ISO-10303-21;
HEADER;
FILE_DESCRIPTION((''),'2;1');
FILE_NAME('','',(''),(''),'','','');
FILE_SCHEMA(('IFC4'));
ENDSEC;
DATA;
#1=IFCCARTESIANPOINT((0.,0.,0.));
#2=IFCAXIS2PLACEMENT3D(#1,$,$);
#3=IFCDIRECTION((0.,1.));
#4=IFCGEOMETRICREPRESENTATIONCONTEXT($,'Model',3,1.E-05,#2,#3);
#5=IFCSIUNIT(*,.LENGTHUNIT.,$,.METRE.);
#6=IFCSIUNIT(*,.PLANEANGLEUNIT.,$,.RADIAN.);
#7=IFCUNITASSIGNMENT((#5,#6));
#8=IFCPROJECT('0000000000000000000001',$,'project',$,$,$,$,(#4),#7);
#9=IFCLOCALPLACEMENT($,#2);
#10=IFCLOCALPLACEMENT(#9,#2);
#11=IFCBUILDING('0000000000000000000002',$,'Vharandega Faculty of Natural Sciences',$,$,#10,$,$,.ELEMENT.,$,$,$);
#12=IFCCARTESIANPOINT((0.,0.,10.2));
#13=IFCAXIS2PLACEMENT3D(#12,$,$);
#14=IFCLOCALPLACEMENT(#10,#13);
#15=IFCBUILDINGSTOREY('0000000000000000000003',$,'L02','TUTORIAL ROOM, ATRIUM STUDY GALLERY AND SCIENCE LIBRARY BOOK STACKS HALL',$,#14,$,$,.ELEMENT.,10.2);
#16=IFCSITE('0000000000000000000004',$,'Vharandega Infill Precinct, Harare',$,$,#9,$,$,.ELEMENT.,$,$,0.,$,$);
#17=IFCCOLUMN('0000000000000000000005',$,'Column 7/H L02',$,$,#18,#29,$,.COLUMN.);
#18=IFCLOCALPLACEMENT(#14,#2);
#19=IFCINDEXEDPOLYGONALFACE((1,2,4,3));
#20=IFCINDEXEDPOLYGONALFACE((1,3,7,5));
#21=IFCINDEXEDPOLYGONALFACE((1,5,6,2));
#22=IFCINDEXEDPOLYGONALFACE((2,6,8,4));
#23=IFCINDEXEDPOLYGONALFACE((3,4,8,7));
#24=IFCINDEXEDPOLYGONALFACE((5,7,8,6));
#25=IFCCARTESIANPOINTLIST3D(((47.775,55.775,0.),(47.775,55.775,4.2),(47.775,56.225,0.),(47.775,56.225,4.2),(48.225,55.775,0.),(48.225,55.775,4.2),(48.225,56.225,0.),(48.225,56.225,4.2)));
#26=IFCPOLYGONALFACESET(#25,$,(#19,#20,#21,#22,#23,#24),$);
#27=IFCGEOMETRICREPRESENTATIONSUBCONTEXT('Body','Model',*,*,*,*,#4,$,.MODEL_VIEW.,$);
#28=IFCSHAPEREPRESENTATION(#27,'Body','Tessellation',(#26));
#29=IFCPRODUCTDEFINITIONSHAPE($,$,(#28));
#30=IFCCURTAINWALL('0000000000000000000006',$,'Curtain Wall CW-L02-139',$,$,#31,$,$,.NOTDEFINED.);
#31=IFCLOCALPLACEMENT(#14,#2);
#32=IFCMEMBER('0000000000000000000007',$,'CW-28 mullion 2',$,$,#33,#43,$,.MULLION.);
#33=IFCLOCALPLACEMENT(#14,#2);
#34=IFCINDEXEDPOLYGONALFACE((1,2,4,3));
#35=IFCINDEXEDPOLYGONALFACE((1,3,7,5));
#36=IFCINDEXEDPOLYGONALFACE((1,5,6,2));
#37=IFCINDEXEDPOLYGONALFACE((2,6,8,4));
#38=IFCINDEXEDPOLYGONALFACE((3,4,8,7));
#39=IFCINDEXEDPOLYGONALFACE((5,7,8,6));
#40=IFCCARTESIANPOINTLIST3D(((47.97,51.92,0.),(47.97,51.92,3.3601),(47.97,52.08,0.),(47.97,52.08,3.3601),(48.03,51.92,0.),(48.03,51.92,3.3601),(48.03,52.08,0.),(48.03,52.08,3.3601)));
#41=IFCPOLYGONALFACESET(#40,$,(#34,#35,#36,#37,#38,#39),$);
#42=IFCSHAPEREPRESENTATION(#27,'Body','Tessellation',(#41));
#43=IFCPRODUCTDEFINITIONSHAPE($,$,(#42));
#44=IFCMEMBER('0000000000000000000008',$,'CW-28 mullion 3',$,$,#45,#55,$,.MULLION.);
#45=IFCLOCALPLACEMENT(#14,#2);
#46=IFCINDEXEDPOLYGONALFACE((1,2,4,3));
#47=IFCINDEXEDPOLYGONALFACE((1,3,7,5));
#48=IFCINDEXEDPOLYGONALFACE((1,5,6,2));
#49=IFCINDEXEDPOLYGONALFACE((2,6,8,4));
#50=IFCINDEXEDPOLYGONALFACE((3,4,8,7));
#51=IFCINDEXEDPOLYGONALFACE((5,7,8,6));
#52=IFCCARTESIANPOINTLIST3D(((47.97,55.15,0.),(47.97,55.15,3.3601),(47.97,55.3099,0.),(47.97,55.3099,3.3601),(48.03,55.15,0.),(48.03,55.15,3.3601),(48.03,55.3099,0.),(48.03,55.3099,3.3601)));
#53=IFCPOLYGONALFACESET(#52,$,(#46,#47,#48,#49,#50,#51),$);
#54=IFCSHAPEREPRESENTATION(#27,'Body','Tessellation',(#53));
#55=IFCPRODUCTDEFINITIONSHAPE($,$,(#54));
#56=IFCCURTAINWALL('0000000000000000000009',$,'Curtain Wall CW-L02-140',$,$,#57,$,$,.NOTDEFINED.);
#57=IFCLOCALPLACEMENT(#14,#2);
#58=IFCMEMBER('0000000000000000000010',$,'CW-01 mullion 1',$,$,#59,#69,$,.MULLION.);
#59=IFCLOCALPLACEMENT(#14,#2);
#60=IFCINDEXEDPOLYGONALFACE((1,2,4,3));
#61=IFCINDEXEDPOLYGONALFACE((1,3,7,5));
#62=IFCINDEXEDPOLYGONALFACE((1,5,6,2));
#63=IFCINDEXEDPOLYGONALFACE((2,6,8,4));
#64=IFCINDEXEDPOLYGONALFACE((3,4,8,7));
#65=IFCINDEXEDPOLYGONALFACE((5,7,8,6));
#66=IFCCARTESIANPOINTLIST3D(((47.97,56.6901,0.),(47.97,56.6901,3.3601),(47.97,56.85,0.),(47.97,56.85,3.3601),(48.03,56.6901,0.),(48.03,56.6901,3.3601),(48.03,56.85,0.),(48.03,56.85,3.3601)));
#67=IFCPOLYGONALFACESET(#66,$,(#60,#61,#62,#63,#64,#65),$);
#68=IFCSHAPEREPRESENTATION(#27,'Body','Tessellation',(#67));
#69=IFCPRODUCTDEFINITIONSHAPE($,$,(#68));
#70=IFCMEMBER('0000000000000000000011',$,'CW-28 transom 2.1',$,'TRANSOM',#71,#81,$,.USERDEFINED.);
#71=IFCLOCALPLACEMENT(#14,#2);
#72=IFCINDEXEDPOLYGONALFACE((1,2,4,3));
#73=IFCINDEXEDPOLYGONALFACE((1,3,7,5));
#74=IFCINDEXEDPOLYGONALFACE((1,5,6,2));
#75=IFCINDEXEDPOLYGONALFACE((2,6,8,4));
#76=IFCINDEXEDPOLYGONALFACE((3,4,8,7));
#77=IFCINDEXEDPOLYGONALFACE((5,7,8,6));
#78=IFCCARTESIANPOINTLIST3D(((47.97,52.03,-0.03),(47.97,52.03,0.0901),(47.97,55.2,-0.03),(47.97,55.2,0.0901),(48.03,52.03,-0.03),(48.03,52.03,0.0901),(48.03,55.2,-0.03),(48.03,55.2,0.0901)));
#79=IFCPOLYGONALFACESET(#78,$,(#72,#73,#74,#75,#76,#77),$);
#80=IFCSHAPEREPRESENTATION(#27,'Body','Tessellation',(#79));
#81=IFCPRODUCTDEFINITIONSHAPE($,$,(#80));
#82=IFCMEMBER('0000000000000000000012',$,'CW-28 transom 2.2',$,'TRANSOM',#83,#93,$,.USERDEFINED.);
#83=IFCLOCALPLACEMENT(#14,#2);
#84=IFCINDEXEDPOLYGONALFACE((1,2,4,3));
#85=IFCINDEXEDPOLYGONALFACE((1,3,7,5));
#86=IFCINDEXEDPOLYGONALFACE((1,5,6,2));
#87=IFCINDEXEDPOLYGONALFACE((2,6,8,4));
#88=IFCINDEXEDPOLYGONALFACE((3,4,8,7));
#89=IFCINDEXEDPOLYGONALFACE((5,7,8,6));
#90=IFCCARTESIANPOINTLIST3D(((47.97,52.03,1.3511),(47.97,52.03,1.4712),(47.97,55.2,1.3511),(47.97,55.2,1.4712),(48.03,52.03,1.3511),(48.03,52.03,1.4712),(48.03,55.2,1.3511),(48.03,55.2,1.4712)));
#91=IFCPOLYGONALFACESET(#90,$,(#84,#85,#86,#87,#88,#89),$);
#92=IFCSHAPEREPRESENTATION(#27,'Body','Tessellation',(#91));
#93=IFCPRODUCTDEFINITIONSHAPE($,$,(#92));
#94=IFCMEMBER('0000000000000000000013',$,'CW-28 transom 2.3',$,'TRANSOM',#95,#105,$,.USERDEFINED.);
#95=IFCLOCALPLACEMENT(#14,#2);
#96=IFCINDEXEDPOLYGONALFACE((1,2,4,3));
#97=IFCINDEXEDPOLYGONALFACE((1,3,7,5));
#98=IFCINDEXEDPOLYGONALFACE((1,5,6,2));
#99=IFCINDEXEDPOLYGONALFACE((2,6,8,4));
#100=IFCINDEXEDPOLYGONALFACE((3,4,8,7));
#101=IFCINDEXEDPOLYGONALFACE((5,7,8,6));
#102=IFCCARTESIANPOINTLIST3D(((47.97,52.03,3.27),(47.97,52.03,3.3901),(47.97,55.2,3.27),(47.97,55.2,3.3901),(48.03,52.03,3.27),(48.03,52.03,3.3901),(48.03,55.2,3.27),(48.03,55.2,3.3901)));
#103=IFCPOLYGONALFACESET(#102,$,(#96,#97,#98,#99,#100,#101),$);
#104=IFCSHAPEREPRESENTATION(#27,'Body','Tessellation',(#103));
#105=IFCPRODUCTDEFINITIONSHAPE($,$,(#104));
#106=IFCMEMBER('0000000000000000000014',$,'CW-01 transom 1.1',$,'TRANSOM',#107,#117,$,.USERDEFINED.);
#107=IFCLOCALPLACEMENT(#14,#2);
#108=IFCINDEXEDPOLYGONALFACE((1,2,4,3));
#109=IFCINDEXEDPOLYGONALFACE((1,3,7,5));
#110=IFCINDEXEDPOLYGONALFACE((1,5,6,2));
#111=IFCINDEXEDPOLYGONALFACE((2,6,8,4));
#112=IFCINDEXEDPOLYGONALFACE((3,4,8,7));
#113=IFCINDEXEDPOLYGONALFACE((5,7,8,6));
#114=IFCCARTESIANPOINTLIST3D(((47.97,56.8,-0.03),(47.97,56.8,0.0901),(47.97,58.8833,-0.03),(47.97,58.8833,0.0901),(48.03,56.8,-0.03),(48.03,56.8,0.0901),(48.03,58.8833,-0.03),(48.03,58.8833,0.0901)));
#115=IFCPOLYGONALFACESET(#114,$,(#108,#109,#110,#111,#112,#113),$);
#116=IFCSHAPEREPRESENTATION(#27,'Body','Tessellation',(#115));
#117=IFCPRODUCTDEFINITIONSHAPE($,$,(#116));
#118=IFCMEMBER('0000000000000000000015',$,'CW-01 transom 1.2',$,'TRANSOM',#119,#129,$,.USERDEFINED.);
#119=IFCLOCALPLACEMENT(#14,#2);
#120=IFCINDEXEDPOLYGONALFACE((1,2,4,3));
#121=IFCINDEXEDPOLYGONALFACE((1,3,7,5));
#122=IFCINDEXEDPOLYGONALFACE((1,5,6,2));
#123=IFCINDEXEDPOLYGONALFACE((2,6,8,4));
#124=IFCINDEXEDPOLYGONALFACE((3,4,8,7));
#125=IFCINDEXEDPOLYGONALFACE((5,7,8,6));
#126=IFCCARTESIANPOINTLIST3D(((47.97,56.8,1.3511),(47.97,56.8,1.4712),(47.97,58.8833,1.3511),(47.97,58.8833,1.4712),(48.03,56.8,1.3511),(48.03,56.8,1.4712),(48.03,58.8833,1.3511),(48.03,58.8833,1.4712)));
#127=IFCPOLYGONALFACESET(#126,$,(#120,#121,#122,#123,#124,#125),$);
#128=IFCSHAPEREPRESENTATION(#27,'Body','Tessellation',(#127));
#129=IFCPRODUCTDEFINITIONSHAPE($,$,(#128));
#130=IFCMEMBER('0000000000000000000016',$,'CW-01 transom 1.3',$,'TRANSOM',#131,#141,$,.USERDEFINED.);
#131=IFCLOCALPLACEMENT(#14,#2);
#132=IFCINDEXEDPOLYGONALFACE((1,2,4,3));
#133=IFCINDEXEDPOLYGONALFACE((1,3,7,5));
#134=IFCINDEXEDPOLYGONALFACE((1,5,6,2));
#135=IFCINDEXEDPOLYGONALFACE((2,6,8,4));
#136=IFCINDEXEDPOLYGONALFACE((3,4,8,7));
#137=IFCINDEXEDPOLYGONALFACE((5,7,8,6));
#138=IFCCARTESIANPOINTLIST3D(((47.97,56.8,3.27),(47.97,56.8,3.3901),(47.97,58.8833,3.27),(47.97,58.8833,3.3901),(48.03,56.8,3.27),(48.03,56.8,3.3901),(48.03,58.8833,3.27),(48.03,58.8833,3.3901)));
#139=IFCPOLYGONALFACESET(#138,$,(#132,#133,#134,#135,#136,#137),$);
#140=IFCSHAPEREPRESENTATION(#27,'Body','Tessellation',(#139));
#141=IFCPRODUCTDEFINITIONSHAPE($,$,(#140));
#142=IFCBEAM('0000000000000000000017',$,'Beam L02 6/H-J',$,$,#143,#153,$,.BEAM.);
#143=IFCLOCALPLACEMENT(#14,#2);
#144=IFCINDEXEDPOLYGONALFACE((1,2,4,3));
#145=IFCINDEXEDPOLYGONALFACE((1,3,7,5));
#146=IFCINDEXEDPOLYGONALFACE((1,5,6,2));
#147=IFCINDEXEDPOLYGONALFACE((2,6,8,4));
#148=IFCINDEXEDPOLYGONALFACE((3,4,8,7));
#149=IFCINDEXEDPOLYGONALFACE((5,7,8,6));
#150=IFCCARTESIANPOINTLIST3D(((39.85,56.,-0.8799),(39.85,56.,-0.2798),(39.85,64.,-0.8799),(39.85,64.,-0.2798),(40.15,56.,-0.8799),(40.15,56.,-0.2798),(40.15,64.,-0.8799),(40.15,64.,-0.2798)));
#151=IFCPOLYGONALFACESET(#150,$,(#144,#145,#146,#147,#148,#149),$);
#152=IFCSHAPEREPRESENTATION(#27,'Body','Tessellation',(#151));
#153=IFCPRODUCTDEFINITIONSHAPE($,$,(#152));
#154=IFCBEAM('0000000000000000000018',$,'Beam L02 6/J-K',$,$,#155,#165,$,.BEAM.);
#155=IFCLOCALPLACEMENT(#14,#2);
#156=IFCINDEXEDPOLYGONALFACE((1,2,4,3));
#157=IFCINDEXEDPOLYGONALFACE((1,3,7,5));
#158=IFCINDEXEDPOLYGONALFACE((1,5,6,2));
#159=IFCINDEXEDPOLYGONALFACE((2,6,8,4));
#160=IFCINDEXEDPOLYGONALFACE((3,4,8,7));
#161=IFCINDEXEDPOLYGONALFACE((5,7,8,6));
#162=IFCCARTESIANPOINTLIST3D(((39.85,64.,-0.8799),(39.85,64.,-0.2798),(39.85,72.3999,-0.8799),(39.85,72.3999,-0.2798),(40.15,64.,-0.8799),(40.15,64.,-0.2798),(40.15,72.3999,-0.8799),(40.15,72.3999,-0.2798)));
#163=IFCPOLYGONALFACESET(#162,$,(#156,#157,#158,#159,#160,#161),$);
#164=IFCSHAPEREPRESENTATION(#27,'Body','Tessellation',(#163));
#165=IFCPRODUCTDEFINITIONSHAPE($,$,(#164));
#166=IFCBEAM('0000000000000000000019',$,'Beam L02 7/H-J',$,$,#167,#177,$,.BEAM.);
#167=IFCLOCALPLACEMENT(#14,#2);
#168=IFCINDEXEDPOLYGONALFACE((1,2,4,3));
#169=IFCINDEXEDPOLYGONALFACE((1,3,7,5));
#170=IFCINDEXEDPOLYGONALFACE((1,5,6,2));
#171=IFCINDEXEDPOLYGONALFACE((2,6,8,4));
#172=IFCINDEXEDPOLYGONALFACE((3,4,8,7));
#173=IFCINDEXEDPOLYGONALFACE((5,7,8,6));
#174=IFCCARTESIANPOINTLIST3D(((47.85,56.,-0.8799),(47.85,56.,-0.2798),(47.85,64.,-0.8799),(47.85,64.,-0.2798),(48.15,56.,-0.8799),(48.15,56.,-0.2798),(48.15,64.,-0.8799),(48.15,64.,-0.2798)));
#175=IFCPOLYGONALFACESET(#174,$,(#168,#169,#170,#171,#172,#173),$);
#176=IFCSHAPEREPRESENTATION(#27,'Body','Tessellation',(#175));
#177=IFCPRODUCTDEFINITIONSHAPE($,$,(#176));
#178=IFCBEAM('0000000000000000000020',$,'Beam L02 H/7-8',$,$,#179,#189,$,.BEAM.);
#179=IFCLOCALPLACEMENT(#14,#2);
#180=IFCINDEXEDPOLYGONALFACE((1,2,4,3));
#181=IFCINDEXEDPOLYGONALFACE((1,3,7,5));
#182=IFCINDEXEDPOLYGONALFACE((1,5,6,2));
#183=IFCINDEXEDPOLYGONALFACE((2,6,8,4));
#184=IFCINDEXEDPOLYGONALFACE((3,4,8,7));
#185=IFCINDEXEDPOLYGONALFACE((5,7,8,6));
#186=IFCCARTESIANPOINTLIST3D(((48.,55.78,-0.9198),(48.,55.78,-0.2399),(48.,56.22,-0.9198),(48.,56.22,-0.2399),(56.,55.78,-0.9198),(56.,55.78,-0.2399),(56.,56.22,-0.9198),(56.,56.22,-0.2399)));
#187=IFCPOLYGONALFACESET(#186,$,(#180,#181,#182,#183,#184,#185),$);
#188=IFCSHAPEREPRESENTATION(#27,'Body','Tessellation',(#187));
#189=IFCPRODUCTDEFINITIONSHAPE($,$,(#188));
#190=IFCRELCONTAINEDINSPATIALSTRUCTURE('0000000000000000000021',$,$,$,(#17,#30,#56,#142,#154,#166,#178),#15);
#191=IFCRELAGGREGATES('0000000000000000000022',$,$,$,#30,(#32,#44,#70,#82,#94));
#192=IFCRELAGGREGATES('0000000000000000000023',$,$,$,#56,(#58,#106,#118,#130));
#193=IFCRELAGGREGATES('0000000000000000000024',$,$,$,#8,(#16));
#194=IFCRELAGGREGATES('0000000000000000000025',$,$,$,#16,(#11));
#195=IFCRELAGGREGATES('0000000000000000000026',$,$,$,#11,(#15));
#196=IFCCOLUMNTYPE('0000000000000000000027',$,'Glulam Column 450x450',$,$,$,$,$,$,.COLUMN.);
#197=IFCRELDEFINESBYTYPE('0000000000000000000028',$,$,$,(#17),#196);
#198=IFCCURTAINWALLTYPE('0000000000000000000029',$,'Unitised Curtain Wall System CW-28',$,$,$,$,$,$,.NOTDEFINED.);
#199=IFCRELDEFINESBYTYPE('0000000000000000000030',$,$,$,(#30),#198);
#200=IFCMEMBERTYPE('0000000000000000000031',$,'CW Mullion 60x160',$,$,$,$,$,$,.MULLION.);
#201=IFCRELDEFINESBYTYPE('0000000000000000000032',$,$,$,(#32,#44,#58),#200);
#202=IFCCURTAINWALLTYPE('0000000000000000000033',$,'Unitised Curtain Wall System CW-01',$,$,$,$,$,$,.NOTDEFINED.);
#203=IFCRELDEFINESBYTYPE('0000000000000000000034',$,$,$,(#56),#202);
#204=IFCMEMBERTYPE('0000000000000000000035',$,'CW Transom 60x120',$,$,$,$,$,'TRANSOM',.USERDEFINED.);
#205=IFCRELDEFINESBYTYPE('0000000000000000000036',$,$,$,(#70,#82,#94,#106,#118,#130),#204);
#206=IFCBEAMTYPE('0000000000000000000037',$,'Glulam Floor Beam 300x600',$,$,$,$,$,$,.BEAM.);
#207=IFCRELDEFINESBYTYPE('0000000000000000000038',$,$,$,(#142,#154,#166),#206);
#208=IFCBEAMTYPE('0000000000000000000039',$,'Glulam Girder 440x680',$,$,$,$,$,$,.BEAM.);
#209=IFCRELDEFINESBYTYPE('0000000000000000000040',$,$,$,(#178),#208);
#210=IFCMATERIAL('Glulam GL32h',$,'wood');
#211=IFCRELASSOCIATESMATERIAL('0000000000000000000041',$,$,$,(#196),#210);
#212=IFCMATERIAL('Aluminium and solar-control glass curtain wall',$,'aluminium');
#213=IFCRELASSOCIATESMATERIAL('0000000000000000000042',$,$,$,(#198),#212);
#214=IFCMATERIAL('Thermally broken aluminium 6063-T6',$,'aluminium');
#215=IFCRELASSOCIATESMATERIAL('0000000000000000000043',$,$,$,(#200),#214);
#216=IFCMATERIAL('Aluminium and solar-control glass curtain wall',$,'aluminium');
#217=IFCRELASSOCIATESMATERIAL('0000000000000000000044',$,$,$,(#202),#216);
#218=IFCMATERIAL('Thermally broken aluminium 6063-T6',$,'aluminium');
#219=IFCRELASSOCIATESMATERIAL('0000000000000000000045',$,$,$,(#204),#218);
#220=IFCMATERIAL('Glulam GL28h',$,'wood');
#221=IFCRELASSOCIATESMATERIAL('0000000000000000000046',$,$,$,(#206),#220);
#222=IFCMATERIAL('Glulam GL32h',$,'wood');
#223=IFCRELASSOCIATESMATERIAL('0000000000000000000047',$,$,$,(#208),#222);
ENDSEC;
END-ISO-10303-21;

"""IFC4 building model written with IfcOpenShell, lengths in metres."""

from ifc_helpers import new_model, si_unit, direction, frame, origin, origin_2d, place, context, subcontext, project, spatial, rectangle, extrude, material, material_profile, profile_set, type_object, element, aggregate, save


model = new_model("IFC4")

# Units and contexts
model_context = context("Model", 3, precision=1e-05, world=origin(), true_north=direction((0.0, 1.0)))
body_context = subcontext(model_context, "Body", "Model", "MODEL_VIEW")
ifc_project = project(units=[si_unit("LENGTHUNIT", "METRE"), si_unit("PLANEANGLEUNIT", "RADIAN")], contexts=[model_context])

# Site, building, storey
site_placement = place(None, origin())
site = spatial("IfcSite", under=ifc_project, at=site_placement, Name="Vharandega Infill Precinct, Harare", CompositionType="ELEMENT", RefElevation=0.0)
building_placement = place(site_placement, origin())
building = spatial("IfcBuilding", under=site, at=building_placement, Name="Vharandega Faculty of Natural Sciences", CompositionType="ELEMENT")
storey_placement = place(building_placement, frame((0.0, 0.0, 10.2)))
storey = spatial("IfcBuildingStorey", under=building, at=storey_placement, Name="L02", Description="TUTORIAL ROOM, ATRIUM STUDY GALLERY AND SCIENCE LIBRARY BOOK STACKS HALL", CompositionType="ELEMENT", Elevation=10.2)

# Column
ifc_material_1 = material(Name="Glulam GL32h", Category="wood")
ifc_material_profile_1 = material_profile(ifc_material_1, rectangle(XDim=0.45, YDim=0.45, at=origin_2d()), Name="GL32h 450x450")
ifc_profile_set_1 = profile_set([ifc_material_profile_1], Name="Glulam GL32h")
column_type = type_object("IfcColumnType", Name="Glulam Column 450x450", PredefinedType="COLUMN", material=ifc_profile_set_1)
column_placement = place(storey_placement, frame((48.0, 56.0, 0.0), z_axis=(0.0, 0.0, 1.0), x_axis=(1.0, 0.0, 0.0)))
element("IfcColumn", 1, at=column_placement, inside=storey, type_object=column_type, Name="Column 7/H L02", PredefinedType="COLUMN", context=body_context, shape_type="SweptSolid", body=[
    extrude(rectangle(XDim=0.45, YDim=0.45, at=origin_2d()), origin(), (0.0, 0.0, 1.0), 4.2),
])

# Curtain wall, members
ifc_material_2 = material(Name="Aluminium and solar-control glass curtain wall", Category="aluminium")
curtain_wall_type_1 = type_object("IfcCurtainWallType", Name="Unitised Curtain Wall System CW-28", PredefinedType="NOTDEFINED", material=ifc_material_2)
curtain_wall_1_placement = place(storey_placement, origin())
curtain_wall_1 = element("IfcCurtainWall", 2, at=curtain_wall_1_placement, inside=storey, type_object=curtain_wall_type_1, Name="Curtain Wall CW-L02-139", PredefinedType="NOTDEFINED")
ifc_material_3 = material(Name="Thermally broken aluminium 6063-T6", Category="aluminium")
ifc_material_profile_2 = material_profile(ifc_material_3, rectangle(XDim=0.0601, YDim=0.1599, at=origin_2d()), Name="ALU 60x160")
ifc_profile_set_2 = profile_set([ifc_material_profile_2], Name="Thermally broken aluminium 6063-T6")
member_type_1 = type_object("IfcMemberType", Name="CW Mullion 60x160", PredefinedType="MULLION", material=ifc_profile_set_2)
member_1_placement = place(storey_placement, frame((48.0, 52.0, 0.0), z_axis=(0.0, 0.0, 1.0), x_axis=(-1.0, 0.0, 0.0)))
member_1 = element("IfcMember", 3, at=member_1_placement, type_object=member_type_1, Name="CW-28 mullion 2", PredefinedType="MULLION", context=body_context, shape_type="SweptSolid", body=[
    extrude(rectangle(XDim=0.0601, YDim=0.1599, at=origin_2d()), origin(), (0.0, 0.0, 1.0), 3.3601),
])
member_2_placement = place(storey_placement, frame((48.0, 55.23, 0.0), z_axis=(0.0, 0.0, 1.0), x_axis=(-1.0, 0.0, 0.0)))
member_2 = element("IfcMember", 4, at=member_2_placement, type_object=member_type_1, Name="CW-28 mullion 3", PredefinedType="MULLION", context=body_context, shape_type="SweptSolid", body=[
    extrude(rectangle(XDim=0.0601, YDim=0.1599, at=origin_2d()), origin(), (0.0, 0.0, 1.0), 3.3601),
])

# Curtain wall, member
ifc_material_4 = material(Name="Aluminium and solar-control glass curtain wall", Category="aluminium")
curtain_wall_type_2 = type_object("IfcCurtainWallType", Name="Unitised Curtain Wall System CW-01", PredefinedType="NOTDEFINED", material=ifc_material_4)
curtain_wall_2_placement = place(storey_placement, origin())
curtain_wall_2 = element("IfcCurtainWall", 5, at=curtain_wall_2_placement, inside=storey, type_object=curtain_wall_type_2, Name="Curtain Wall CW-L02-140", PredefinedType="NOTDEFINED")
member_3_placement = place(storey_placement, frame((48.0, 56.77, 0.0), z_axis=(0.0, 0.0, 1.0), x_axis=(-1.0, 0.0, 0.0)))
member_3 = element("IfcMember", 6, at=member_3_placement, type_object=member_type_1, Name="CW-01 mullion 1", PredefinedType="MULLION", context=body_context, shape_type="SweptSolid", body=[
    extrude(rectangle(XDim=0.0601, YDim=0.1599, at=origin_2d()), origin(), (0.0, 0.0, 1.0), 3.3601),
])

# Members
ifc_material_5 = material(Name="Thermally broken aluminium 6063-T6", Category="aluminium")
ifc_material_profile_3 = material_profile(ifc_material_5, rectangle(XDim=0.0601, YDim=0.1201, at=origin_2d()), Name="ALU 60x120")
ifc_profile_set_3 = profile_set([ifc_material_profile_3], Name="Thermally broken aluminium 6063-T6")
member_type_2 = type_object("IfcMemberType", Name="CW Transom 60x120", ElementType="TRANSOM", PredefinedType="USERDEFINED", material=ifc_profile_set_3)
member_4_placement = place(storey_placement, frame((48.0, 52.03, 0.03), z_axis=(0.0, 1.0, 0.0), x_axis=(-1.0, 0.0, 0.0)))
member_4 = element("IfcMember", 7, at=member_4_placement, type_object=member_type_2, Name="CW-28 transom 2.1", ObjectType="TRANSOM", PredefinedType="USERDEFINED", context=body_context, shape_type="SweptSolid", body=[
    extrude(rectangle(XDim=0.0601, YDim=0.1201, at=origin_2d()), origin(), (0.0, 0.0, 1.0), 3.1699),
])
member_5_placement = place(storey_placement, frame((48.0, 52.03, 1.4111), z_axis=(0.0, 1.0, 0.0), x_axis=(-1.0, 0.0, 0.0)))
member_5 = element("IfcMember", 8, at=member_5_placement, type_object=member_type_2, Name="CW-28 transom 2.2", ObjectType="TRANSOM", PredefinedType="USERDEFINED", context=body_context, shape_type="SweptSolid", body=[
    extrude(rectangle(XDim=0.0601, YDim=0.1201, at=origin_2d()), origin(), (0.0, 0.0, 1.0), 3.1699),
])
member_6_placement = place(storey_placement, frame((48.0, 52.03, 3.3301), z_axis=(0.0, 1.0, 0.0), x_axis=(-1.0, 0.0, 0.0)))
member_6 = element("IfcMember", 9, at=member_6_placement, type_object=member_type_2, Name="CW-28 transom 2.3", ObjectType="TRANSOM", PredefinedType="USERDEFINED", context=body_context, shape_type="SweptSolid", body=[
    extrude(rectangle(XDim=0.0601, YDim=0.1201, at=origin_2d()), origin(), (0.0, 0.0, 1.0), 3.1699),
])
member_7_placement = place(storey_placement, frame((48.0, 56.8, 0.03), z_axis=(0.0, 1.0, 0.0), x_axis=(-1.0, 0.0, 0.0)))
member_7 = element("IfcMember", 10, at=member_7_placement, type_object=member_type_2, Name="CW-01 transom 1.1", ObjectType="TRANSOM", PredefinedType="USERDEFINED", context=body_context, shape_type="SweptSolid", body=[
    extrude(rectangle(XDim=0.0601, YDim=0.1201, at=origin_2d()), origin(), (0.0, 0.0, 1.0), 2.0833),
])
member_8_placement = place(storey_placement, frame((48.0, 56.8, 1.4111), z_axis=(0.0, 1.0, 0.0), x_axis=(-1.0, 0.0, 0.0)))
member_8 = element("IfcMember", 11, at=member_8_placement, type_object=member_type_2, Name="CW-01 transom 1.2", ObjectType="TRANSOM", PredefinedType="USERDEFINED", context=body_context, shape_type="SweptSolid", body=[
    extrude(rectangle(XDim=0.0601, YDim=0.1201, at=origin_2d()), origin(), (0.0, 0.0, 1.0), 2.0833),
])
member_9_placement = place(storey_placement, frame((48.0, 56.8, 3.3301), z_axis=(0.0, 1.0, 0.0), x_axis=(-1.0, 0.0, 0.0)))
member_9 = element("IfcMember", 12, at=member_9_placement, type_object=member_type_2, Name="CW-01 transom 1.3", ObjectType="TRANSOM", PredefinedType="USERDEFINED", context=body_context, shape_type="SweptSolid", body=[
    extrude(rectangle(XDim=0.0601, YDim=0.1201, at=origin_2d()), origin(), (0.0, 0.0, 1.0), 2.0833),
])

# Beams
ifc_material_6 = material(Name="Glulam GL28h", Category="wood")
ifc_material_profile_4 = material_profile(ifc_material_6, rectangle(XDim=0.3, YDim=0.6001, at=origin_2d()), Name="GL28h 300x600")
ifc_profile_set_4 = profile_set([ifc_material_profile_4], Name="Glulam GL28h")
beam_type_1 = type_object("IfcBeamType", Name="Glulam Floor Beam 300x600", PredefinedType="BEAM", material=ifc_profile_set_4)
beam_1_placement = place(storey_placement, frame((40.0, 56.0, -0.5798), z_axis=(0.0, 1.0, 0.0), x_axis=(-1.0, 0.0, 0.0)))
element("IfcBeam", 13, at=beam_1_placement, inside=storey, type_object=beam_type_1, Name="Beam L02 6/H-J", PredefinedType="BEAM", context=body_context, shape_type="SweptSolid", body=[
    extrude(rectangle(XDim=0.3, YDim=0.6001, at=origin_2d()), origin(), (0.0, 0.0, 1.0), 8.0),
])
beam_2_placement = place(storey_placement, frame((40.0, 64.0, -0.5798), z_axis=(0.0, 1.0, 0.0), x_axis=(-1.0, 0.0, 0.0)))
element("IfcBeam", 14, at=beam_2_placement, inside=storey, type_object=beam_type_1, Name="Beam L02 6/J-K", PredefinedType="BEAM", context=body_context, shape_type="SweptSolid", body=[
    extrude(rectangle(XDim=0.3, YDim=0.6001, at=origin_2d()), origin(), (0.0, 0.0, 1.0), 8.3999),
])
beam_3_placement = place(storey_placement, frame((48.0, 56.0, -0.5798), z_axis=(0.0, 1.0, 0.0), x_axis=(-1.0, 0.0, 0.0)))
element("IfcBeam", 15, at=beam_3_placement, inside=storey, type_object=beam_type_1, Name="Beam L02 7/H-J", PredefinedType="BEAM", context=body_context, shape_type="SweptSolid", body=[
    extrude(rectangle(XDim=0.3, YDim=0.6001, at=origin_2d()), origin(), (0.0, 0.0, 1.0), 8.0),
])
ifc_material_7 = material(Name="Glulam GL32h", Category="wood")
ifc_material_profile_5 = material_profile(ifc_material_7, rectangle(XDim=0.4399, YDim=0.6799, at=origin_2d()), Name="GL32h 440x680")
ifc_profile_set_5 = profile_set([ifc_material_profile_5], Name="Glulam GL32h")
beam_type_2 = type_object("IfcBeamType", Name="Glulam Girder 440x680", PredefinedType="BEAM", material=ifc_profile_set_5)
beam_4_placement = place(storey_placement, frame((48.0, 56.0, -0.5798), z_axis=(1.0, 0.0, 0.0), x_axis=(0.0, 1.0, 0.0)))
element("IfcBeam", 16, at=beam_4_placement, inside=storey, type_object=beam_type_2, Name="Beam L02 H/7-8", PredefinedType="BEAM", context=body_context, shape_type="SweptSolid", body=[
    extrude(rectangle(XDim=0.4399, YDim=0.6799, at=origin_2d()), origin(), (0.0, 0.0, 1.0), 8.0),
])

aggregate(curtain_wall_1, [member_1, member_2, member_4, member_5, member_6])
aggregate(curtain_wall_2, [member_3, member_7, member_8, member_9])

save(model, "model.ifc")
